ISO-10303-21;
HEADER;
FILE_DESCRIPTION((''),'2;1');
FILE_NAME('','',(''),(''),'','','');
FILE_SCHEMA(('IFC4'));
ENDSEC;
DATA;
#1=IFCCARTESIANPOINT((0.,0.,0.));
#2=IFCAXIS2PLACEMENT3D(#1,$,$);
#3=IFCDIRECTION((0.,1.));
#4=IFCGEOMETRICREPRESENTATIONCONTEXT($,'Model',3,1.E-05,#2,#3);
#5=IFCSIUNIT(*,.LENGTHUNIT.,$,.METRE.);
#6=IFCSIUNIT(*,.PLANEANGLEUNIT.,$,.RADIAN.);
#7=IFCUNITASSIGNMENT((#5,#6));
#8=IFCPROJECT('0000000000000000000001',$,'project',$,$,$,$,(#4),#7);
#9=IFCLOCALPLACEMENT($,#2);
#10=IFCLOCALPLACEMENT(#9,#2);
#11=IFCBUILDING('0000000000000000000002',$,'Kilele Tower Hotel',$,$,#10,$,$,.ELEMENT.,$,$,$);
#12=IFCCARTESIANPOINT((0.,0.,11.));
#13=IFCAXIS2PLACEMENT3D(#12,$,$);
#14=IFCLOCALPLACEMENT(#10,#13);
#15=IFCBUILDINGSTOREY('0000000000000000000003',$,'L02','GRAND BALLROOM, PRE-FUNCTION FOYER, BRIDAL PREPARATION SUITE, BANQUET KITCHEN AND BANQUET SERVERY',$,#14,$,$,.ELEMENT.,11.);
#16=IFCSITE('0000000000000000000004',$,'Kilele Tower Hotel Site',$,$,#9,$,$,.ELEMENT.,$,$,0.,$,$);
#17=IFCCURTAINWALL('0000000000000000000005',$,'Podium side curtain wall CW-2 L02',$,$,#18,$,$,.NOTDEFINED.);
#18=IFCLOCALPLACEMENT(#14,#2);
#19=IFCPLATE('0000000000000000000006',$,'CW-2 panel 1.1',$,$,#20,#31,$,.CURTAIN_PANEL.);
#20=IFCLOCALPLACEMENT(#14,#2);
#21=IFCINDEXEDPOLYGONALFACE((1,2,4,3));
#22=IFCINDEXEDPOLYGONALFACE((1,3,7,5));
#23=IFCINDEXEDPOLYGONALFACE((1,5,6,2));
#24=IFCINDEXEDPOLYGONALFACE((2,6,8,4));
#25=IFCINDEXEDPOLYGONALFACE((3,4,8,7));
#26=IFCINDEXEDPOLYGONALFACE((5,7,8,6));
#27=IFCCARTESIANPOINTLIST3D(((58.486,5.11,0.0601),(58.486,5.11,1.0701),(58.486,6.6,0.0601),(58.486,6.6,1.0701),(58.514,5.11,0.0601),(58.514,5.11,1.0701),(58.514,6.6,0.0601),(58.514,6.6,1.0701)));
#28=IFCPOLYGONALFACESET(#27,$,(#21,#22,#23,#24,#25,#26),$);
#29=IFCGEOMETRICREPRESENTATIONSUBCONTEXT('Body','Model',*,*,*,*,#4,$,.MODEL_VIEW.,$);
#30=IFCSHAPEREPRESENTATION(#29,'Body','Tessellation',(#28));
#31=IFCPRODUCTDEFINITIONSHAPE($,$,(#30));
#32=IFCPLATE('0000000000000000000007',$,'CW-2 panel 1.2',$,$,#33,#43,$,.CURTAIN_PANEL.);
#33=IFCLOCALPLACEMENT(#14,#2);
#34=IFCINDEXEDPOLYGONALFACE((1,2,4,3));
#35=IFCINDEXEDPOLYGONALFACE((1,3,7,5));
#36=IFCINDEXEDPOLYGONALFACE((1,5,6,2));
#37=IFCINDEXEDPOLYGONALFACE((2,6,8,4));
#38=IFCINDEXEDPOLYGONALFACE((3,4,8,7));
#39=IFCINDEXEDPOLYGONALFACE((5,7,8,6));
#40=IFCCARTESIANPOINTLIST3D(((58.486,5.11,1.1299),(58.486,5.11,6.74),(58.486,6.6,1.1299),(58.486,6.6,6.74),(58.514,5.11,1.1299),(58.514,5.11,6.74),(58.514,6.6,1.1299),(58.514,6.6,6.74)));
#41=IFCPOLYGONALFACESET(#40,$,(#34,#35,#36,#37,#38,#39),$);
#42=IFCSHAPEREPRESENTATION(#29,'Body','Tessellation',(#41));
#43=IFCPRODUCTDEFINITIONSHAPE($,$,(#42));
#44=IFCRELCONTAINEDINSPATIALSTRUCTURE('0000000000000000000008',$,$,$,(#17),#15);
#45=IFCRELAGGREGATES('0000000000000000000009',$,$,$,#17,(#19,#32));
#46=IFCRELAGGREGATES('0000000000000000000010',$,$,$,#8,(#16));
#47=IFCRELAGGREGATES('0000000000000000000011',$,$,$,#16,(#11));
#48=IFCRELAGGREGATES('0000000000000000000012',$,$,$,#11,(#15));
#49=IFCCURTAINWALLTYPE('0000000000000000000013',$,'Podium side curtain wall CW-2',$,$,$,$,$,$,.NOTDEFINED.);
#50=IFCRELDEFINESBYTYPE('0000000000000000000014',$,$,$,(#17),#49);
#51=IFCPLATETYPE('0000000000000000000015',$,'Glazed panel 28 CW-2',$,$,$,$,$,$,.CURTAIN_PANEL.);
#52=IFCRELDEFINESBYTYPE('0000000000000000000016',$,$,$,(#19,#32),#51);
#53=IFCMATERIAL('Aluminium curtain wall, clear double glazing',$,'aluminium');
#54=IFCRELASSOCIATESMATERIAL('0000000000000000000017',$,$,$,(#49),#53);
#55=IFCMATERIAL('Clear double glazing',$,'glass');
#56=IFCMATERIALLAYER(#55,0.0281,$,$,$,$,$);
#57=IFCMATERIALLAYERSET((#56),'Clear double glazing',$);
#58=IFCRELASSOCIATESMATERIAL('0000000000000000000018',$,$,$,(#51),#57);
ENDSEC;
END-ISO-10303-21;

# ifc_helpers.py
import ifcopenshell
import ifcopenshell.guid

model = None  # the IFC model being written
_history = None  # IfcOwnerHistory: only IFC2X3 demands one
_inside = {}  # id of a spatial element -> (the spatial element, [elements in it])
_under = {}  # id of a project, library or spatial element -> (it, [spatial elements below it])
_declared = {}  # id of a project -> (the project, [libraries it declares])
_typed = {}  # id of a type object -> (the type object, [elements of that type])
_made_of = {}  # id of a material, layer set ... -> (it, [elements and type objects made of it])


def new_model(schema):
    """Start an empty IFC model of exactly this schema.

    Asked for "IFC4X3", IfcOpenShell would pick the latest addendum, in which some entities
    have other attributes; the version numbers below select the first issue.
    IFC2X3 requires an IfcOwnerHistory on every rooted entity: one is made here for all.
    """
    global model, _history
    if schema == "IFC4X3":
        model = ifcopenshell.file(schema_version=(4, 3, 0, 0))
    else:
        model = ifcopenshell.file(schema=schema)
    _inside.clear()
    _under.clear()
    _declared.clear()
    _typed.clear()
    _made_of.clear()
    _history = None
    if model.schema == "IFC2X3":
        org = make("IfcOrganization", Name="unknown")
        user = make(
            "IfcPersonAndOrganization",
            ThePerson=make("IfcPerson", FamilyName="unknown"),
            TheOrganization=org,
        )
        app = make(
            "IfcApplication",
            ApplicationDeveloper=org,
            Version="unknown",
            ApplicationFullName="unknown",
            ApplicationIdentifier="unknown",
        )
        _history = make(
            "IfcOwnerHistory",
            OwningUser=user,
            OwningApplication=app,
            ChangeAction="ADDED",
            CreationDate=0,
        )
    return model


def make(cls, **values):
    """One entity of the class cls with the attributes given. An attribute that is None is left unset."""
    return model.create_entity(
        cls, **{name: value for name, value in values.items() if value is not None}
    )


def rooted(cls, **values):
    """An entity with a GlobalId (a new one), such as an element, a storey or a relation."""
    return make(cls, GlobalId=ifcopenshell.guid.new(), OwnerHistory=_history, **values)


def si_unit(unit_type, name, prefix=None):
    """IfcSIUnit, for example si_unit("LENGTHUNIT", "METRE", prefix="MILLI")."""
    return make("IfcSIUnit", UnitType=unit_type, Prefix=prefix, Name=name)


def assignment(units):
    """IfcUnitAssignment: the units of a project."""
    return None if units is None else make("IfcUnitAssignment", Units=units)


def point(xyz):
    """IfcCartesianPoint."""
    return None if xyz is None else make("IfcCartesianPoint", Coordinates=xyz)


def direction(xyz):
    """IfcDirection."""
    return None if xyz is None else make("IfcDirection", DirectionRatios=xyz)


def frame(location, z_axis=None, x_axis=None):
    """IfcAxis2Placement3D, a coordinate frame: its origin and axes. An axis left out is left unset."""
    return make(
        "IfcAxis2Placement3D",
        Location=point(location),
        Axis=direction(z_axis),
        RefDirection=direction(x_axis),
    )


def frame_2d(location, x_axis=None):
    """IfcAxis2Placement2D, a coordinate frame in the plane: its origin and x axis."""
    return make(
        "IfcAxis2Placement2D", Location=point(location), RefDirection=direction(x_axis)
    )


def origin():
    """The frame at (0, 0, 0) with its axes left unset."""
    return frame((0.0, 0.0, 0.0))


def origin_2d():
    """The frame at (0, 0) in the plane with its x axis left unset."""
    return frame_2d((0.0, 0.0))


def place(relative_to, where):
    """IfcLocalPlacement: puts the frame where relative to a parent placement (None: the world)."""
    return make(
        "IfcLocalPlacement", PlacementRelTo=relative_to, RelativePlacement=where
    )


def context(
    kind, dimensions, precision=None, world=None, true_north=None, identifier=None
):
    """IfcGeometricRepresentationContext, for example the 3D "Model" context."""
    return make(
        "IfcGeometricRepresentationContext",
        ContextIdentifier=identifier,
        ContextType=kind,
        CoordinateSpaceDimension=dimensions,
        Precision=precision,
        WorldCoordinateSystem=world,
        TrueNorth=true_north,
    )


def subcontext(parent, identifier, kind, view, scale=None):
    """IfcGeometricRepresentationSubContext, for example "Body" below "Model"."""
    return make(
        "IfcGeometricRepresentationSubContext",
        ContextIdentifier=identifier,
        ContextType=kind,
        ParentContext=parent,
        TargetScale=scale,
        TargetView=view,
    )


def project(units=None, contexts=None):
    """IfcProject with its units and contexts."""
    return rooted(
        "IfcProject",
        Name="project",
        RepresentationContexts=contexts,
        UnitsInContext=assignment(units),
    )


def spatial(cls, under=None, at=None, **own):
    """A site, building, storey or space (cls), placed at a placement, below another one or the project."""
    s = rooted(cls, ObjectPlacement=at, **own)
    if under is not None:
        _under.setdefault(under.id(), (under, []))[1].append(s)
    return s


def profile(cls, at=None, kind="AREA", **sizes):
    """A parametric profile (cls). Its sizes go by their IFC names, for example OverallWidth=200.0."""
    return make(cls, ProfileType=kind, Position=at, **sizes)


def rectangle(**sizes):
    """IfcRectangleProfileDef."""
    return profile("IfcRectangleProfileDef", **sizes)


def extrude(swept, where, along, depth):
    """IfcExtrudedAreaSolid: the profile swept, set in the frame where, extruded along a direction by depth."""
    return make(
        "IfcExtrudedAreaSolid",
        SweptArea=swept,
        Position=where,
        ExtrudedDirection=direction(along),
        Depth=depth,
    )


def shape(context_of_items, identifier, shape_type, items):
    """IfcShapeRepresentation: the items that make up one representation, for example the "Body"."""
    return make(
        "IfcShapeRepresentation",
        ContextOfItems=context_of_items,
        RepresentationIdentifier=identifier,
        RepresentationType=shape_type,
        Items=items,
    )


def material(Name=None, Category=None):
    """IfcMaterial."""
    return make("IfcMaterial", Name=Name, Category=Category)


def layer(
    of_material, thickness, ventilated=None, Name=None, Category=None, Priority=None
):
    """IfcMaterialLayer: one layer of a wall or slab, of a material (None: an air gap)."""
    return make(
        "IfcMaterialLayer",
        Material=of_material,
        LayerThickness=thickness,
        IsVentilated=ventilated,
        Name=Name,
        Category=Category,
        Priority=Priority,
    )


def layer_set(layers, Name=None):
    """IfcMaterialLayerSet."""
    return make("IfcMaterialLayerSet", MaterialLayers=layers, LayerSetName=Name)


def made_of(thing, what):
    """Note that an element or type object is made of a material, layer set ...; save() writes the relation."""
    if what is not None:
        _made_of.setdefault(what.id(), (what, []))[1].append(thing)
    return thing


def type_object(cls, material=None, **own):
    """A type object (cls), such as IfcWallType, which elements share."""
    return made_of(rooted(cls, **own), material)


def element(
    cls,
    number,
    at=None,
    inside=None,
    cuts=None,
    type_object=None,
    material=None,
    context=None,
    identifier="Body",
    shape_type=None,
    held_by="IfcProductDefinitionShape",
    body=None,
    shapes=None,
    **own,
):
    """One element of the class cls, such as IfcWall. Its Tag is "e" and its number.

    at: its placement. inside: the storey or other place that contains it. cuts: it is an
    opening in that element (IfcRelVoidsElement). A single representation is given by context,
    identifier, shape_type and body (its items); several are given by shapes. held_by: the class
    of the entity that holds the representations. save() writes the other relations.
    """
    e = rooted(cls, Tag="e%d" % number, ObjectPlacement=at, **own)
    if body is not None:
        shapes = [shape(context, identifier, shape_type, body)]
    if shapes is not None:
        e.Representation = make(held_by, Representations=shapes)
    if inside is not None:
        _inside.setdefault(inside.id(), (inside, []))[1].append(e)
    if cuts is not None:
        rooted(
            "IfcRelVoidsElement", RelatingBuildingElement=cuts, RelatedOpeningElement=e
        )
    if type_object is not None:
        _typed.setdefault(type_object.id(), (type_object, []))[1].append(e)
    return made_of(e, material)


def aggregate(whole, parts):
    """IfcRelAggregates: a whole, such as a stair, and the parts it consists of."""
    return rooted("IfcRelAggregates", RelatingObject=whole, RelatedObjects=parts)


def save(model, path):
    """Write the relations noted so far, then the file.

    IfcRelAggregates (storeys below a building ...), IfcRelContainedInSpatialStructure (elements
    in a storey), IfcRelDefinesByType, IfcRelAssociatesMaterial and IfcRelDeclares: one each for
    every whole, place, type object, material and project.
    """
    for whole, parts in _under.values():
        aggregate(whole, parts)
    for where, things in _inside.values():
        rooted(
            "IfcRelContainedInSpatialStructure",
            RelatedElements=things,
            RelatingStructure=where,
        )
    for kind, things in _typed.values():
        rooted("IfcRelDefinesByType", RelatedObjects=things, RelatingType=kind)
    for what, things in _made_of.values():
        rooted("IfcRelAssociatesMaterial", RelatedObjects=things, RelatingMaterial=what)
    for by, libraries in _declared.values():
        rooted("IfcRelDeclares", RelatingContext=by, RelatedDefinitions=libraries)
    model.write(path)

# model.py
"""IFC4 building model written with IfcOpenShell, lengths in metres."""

from ifc_helpers import new_model, si_unit, direction, frame, origin, origin_2d, place, context, subcontext, project, spatial, rectangle, extrude, material, layer, layer_set, type_object, element, aggregate, save


model = new_model("IFC4")

# Units and contexts
model_context = context("Model", 3, precision=1e-05, world=origin(), true_north=direction((0.0, 1.0)))
body_context = subcontext(model_context, "Body", "Model", "MODEL_VIEW")
ifc_project = project(units=[si_unit("LENGTHUNIT", "METRE"), si_unit("PLANEANGLEUNIT", "RADIAN")], contexts=[model_context])

# Site, building, storey
site_placement = place(None, origin())
site = spatial("IfcSite", under=ifc_project, at=site_placement, Name="Kilele Tower Hotel Site", CompositionType="ELEMENT", RefElevation=0.0)
building_placement = place(site_placement, origin())
building = spatial("IfcBuilding", under=site, at=building_placement, Name="Kilele Tower Hotel", CompositionType="ELEMENT")
storey_placement = place(building_placement, frame((0.0, 0.0, 11.0)))
storey = spatial("IfcBuildingStorey", under=building, at=storey_placement, Name="L02", Description="GRAND BALLROOM, PRE-FUNCTION FOYER, BRIDAL PREPARATION SUITE, BANQUET KITCHEN AND BANQUET SERVERY", CompositionType="ELEMENT", Elevation=11.0)

# Curtain wall
ifc_material_1 = material(Name="Aluminium curtain wall, clear double glazing", Category="aluminium")
curtain_wall_type = type_object("IfcCurtainWallType", Name="Podium side curtain wall CW-2", PredefinedType="NOTDEFINED", material=ifc_material_1)
curtain_wall_1_placement = place(storey_placement, origin())
curtain_wall_1 = element("IfcCurtainWall", 1, at=curtain_wall_1_placement, inside=storey, type_object=curtain_wall_type, Name="Podium side curtain wall CW-2 L02", PredefinedType="NOTDEFINED")

# Plates
ifc_material_2 = material(Name="Clear double glazing", Category="glass")
ifc_layer = layer(ifc_material_2, 0.0281)
ifc_layer_set = layer_set([ifc_layer], Name="Clear double glazing")
plate_type = type_object("IfcPlateType", Name="Glazed panel 28 CW-2", PredefinedType="CURTAIN_PANEL", material=ifc_layer_set)
plate_1_placement = place(storey_placement, frame((58.5, 5.855, 0.0601), z_axis=(0.0, 0.0, 1.0), x_axis=(0.0, 1.0, 0.0)))
plate_1 = element("IfcPlate", 2, at=plate_1_placement, type_object=plate_type, Name="CW-2 panel 1.1", PredefinedType="CURTAIN_PANEL", context=body_context, shape_type="SweptSolid", body=[
    extrude(rectangle(XDim=1.49, YDim=0.0281, at=origin_2d()), origin(), (0.0, 0.0, 1.0), 1.01),
])
plate_2_placement = place(storey_placement, frame((58.5, 5.855, 1.1299), z_axis=(0.0, 0.0, 1.0), x_axis=(0.0, 1.0, 0.0)))
plate_2 = element("IfcPlate", 3, at=plate_2_placement, type_object=plate_type, Name="CW-2 panel 1.2", PredefinedType="CURTAIN_PANEL", context=body_context, shape_type="SweptSolid", body=[
    extrude(rectangle(XDim=1.49, YDim=0.0281, at=origin_2d()), origin(), (0.0, 0.0, 1.0), 5.6101),
])
aggregate(curtain_wall_1, [plate_1, plate_2])

save(model, "model.ifc")
